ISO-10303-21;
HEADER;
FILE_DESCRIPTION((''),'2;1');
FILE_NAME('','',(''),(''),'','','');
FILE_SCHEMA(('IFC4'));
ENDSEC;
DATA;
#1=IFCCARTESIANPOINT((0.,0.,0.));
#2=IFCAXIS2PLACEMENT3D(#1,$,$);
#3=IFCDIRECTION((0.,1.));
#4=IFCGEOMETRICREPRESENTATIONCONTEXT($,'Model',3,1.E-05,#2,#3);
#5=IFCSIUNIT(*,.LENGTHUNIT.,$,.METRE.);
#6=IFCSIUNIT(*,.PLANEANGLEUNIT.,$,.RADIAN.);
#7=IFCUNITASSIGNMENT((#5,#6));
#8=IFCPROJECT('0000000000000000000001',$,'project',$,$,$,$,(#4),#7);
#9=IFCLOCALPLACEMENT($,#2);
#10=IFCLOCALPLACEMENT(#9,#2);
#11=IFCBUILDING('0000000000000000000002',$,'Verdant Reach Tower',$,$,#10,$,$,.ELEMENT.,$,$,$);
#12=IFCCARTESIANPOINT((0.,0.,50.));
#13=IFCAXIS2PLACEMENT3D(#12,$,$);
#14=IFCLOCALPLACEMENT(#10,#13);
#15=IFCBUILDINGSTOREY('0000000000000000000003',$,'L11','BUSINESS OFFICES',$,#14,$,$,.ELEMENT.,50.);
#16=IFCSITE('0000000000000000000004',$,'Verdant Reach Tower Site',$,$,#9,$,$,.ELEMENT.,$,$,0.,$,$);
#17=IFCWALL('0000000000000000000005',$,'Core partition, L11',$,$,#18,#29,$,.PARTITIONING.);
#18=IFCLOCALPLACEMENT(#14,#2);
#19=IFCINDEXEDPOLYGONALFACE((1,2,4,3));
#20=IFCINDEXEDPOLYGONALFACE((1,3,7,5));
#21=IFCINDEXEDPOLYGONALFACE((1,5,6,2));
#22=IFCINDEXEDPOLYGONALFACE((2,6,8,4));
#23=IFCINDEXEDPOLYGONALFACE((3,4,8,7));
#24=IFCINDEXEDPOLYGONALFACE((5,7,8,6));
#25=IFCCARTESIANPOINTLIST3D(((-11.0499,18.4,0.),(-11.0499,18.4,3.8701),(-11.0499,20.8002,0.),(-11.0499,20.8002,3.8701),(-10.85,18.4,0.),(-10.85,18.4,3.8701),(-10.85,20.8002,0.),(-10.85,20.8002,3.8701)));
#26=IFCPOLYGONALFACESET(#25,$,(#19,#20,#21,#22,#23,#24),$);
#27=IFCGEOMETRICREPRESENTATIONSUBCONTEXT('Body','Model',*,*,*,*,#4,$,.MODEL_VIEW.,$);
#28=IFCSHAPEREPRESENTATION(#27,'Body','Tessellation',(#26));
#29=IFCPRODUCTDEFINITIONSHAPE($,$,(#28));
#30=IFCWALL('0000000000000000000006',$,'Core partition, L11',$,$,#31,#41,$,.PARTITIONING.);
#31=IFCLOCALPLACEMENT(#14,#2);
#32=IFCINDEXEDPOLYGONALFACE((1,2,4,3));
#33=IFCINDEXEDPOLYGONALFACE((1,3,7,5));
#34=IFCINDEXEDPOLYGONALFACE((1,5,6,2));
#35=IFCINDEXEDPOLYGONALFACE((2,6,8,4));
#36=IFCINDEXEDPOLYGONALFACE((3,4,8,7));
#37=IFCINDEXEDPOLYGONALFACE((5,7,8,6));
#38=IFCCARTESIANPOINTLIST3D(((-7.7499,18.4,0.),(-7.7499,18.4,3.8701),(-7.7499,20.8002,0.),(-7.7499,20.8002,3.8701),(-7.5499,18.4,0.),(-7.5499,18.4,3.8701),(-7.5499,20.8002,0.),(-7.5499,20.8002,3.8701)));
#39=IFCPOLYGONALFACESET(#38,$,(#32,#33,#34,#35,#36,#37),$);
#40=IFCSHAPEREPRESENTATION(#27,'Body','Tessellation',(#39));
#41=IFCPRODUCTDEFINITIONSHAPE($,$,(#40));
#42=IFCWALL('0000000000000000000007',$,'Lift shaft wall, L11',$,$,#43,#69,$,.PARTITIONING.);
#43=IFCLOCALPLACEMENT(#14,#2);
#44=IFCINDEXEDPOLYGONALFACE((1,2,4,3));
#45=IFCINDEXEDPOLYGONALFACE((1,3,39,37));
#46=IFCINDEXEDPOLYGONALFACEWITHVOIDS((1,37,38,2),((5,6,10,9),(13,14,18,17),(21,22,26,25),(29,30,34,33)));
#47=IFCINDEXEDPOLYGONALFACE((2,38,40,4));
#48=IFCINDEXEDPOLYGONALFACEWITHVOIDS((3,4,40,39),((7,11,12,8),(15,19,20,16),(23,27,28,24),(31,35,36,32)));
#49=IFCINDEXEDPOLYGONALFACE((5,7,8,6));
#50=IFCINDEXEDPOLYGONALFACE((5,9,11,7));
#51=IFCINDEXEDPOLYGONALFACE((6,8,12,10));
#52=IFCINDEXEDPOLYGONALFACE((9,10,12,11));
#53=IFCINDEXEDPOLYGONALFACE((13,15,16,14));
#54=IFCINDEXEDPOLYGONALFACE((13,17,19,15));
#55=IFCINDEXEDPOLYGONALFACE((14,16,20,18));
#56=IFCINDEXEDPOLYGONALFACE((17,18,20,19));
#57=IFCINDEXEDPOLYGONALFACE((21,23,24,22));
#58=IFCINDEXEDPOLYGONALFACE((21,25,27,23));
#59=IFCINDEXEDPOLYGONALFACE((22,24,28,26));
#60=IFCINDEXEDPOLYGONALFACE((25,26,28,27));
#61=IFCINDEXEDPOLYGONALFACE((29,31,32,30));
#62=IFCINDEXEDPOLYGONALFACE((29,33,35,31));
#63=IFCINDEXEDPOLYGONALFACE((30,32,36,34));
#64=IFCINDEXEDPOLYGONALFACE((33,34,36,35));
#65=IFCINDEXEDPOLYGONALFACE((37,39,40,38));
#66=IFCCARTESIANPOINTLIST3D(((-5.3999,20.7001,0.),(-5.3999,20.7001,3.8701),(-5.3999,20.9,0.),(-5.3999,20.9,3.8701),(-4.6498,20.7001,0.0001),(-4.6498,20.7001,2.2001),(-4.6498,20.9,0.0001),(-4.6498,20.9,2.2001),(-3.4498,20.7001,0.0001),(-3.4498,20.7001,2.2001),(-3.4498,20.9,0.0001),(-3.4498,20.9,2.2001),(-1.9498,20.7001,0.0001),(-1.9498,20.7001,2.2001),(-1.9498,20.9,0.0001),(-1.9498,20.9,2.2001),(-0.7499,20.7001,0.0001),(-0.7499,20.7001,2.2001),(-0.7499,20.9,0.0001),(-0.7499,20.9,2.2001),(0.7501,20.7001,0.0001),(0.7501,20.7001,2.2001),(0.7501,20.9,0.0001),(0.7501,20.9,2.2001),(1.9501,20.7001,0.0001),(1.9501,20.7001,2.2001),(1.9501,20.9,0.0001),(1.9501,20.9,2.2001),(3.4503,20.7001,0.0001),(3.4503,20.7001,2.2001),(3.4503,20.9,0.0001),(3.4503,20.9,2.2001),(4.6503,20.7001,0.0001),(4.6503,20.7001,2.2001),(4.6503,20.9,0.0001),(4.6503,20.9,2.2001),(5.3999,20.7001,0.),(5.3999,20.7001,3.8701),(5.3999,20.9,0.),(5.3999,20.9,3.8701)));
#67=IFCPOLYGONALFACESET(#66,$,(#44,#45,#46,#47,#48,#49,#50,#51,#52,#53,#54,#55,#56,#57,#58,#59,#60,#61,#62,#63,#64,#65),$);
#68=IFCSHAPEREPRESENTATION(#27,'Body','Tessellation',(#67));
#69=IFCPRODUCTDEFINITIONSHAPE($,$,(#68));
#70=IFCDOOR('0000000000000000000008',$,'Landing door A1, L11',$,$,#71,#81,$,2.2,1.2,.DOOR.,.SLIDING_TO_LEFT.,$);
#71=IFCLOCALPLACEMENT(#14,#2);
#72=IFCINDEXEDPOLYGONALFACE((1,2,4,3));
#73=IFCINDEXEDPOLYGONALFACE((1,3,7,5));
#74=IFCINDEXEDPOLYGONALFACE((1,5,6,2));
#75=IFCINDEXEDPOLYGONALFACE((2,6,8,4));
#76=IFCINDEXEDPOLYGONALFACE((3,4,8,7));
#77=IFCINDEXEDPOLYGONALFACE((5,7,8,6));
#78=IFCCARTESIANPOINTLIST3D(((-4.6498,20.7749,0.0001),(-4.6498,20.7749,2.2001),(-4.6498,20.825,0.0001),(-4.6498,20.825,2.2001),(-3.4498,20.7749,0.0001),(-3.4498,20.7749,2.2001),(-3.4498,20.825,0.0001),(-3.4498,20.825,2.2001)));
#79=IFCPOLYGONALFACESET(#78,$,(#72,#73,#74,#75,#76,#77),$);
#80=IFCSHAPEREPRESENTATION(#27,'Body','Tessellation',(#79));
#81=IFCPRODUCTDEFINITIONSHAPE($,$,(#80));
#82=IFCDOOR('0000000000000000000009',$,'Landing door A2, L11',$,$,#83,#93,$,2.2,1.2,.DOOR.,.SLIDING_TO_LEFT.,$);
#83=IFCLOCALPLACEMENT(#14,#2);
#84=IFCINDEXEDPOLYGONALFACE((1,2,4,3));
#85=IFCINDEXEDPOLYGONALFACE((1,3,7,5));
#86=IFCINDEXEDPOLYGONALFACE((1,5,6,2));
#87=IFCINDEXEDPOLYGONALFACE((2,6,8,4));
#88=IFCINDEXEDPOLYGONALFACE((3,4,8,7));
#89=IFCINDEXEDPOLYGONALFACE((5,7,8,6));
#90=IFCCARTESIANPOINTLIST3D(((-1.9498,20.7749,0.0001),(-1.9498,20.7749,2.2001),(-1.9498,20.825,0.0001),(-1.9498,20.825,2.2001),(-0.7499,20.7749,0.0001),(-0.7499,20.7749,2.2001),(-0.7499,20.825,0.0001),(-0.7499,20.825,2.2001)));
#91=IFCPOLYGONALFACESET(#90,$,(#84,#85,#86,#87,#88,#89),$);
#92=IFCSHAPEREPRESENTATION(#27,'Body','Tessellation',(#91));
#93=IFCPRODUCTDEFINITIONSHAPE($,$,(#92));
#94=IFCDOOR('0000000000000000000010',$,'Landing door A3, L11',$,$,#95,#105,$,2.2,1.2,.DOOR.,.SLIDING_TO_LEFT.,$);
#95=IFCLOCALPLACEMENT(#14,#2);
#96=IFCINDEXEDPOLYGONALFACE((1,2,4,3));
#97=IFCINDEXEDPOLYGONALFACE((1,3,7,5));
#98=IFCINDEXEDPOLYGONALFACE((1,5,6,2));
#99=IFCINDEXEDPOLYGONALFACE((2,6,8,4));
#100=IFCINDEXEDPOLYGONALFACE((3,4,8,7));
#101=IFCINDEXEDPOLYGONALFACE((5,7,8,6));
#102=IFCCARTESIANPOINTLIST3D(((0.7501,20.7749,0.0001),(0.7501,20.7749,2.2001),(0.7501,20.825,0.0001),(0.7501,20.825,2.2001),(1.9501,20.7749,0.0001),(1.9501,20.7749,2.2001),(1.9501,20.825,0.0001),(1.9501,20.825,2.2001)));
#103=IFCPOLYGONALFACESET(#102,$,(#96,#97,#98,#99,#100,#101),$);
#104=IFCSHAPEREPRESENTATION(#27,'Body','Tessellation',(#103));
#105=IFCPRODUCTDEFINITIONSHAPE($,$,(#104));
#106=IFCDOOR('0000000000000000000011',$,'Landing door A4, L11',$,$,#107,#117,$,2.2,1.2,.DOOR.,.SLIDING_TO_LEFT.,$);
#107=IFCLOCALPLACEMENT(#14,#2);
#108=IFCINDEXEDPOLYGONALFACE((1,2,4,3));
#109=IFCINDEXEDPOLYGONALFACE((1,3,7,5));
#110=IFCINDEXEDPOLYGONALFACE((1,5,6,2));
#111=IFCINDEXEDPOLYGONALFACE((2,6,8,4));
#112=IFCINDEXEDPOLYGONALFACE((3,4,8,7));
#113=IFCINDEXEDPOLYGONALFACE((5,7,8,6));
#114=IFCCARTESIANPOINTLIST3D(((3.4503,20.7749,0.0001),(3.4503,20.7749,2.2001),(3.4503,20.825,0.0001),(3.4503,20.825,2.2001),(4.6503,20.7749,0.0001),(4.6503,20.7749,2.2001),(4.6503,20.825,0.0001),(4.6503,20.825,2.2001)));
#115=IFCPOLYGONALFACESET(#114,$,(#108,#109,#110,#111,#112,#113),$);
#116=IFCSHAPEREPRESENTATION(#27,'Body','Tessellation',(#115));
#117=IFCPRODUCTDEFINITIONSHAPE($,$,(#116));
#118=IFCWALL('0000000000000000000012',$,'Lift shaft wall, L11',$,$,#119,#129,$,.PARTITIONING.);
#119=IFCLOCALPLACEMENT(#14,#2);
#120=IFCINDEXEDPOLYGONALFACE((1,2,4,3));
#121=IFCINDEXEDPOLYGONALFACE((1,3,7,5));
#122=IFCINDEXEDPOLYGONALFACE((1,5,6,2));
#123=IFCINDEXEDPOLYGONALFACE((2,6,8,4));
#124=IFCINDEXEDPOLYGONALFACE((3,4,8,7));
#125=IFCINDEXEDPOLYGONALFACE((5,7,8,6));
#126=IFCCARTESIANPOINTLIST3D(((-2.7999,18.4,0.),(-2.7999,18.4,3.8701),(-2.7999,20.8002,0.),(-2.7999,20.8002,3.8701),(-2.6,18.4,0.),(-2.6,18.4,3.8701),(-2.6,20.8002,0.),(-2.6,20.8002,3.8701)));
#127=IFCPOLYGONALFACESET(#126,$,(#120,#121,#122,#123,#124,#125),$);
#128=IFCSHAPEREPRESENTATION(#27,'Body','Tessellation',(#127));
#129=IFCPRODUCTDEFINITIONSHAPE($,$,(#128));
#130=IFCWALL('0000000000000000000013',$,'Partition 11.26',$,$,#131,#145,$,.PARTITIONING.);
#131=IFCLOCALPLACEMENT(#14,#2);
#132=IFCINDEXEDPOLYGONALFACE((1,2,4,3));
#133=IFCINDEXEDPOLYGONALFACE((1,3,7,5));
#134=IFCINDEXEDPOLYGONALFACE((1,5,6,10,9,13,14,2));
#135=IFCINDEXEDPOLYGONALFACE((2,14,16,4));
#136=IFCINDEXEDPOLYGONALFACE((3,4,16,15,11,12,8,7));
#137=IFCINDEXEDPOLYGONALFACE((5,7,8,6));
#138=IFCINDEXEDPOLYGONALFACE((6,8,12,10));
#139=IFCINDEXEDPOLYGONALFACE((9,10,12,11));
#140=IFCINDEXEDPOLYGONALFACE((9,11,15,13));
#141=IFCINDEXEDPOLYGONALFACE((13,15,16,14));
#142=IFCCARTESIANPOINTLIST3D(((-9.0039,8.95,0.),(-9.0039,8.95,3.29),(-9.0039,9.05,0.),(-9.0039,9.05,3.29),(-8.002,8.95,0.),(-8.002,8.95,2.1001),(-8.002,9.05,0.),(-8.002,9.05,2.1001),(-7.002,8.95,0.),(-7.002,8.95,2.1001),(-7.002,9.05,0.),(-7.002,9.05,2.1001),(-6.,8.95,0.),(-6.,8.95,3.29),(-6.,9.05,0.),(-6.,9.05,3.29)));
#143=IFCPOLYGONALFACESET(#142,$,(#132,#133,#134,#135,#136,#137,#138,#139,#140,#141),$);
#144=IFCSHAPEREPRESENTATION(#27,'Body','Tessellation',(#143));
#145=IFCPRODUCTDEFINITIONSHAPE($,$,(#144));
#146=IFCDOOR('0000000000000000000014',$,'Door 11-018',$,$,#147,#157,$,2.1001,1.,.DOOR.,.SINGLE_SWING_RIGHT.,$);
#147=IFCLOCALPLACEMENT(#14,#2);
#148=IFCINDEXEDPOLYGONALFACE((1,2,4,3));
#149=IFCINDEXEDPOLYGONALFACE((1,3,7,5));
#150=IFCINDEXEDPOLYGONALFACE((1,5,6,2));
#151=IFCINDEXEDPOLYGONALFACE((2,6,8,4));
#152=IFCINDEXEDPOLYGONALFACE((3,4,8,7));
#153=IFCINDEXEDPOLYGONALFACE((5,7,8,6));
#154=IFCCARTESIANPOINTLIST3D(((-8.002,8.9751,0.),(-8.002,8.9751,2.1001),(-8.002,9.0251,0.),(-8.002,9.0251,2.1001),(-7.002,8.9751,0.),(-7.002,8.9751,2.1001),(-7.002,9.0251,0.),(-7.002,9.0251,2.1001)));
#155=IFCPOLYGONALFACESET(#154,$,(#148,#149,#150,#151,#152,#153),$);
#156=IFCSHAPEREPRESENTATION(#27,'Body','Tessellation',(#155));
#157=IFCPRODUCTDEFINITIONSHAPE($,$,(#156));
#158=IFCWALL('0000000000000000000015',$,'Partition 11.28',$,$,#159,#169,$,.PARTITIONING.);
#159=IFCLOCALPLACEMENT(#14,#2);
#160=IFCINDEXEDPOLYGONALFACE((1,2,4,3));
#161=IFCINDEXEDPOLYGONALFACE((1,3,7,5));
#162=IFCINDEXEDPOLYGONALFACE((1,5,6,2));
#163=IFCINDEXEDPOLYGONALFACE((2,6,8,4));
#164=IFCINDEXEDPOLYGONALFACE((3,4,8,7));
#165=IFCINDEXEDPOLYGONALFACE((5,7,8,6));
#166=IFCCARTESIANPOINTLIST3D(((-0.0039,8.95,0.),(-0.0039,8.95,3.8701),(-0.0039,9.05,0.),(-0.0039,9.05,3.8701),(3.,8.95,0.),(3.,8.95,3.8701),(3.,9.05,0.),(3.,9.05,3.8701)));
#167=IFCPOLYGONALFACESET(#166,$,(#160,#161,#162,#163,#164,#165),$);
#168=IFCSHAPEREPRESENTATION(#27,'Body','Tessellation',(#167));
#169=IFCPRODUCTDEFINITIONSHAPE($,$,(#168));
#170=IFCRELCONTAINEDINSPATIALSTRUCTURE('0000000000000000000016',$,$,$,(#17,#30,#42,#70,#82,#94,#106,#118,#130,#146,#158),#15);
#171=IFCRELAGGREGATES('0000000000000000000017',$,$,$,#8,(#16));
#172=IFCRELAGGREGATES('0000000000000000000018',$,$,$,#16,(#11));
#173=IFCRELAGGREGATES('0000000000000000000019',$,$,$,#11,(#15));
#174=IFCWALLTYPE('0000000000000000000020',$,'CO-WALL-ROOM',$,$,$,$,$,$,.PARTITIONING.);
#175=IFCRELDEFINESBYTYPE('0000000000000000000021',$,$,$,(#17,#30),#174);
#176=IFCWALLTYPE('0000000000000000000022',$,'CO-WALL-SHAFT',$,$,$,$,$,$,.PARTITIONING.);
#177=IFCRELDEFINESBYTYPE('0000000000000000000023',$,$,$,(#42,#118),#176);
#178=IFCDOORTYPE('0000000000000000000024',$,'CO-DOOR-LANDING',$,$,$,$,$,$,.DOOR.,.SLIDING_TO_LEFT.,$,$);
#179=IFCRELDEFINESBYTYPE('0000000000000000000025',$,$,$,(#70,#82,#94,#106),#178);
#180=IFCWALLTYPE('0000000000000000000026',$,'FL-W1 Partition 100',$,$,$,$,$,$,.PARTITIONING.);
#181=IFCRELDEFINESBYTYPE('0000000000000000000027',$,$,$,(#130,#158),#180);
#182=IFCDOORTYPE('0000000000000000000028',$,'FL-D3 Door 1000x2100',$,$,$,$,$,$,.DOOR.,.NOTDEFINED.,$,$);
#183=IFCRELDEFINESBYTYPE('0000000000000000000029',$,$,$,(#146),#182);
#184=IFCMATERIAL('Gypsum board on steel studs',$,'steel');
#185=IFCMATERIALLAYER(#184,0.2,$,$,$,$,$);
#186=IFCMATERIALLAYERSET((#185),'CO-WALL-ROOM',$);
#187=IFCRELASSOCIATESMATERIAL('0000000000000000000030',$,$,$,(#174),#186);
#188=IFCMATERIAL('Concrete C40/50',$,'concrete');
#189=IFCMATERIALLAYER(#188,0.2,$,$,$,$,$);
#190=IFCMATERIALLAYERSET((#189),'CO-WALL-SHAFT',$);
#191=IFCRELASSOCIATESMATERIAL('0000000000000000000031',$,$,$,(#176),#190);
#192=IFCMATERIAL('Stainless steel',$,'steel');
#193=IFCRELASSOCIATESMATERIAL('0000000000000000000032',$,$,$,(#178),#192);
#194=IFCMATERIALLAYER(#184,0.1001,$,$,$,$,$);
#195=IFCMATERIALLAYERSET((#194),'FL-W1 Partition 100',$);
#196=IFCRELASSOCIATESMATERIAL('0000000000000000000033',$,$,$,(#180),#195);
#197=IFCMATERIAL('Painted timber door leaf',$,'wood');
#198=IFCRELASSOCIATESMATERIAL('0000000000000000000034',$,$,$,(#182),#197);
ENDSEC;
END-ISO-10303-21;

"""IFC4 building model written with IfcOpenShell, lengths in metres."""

from ifc_helpers import new_model, si_unit, direction, frame, frame_2d, origin, place, context, subcontext, project, spatial, rectangle, extrude, material, layer, layer_set, type_object, element, fill, save


model = new_model("IFC4")

# Units and contexts
model_context = context("Model", 3, precision=1e-05, world=origin(), true_north=direction((0.0, 1.0)))
body_context = subcontext(model_context, "Body", "Model", "MODEL_VIEW")
ifc_project = project(units=[si_unit("LENGTHUNIT", "METRE"), si_unit("PLANEANGLEUNIT", "RADIAN")], contexts=[model_context])

# Site, building, storey
site_placement = place(None, origin())
site = spatial("IfcSite", under=ifc_project, at=site_placement, Name="Verdant Reach Tower Site", CompositionType="ELEMENT", RefElevation=0.0)
building_placement = place(site_placement, origin())
building = spatial("IfcBuilding", under=site, at=building_placement, Name="Verdant Reach Tower", CompositionType="ELEMENT")
storey_placement = place(building_placement, frame((0.0, 0.0, 50.0)))
storey = spatial("IfcBuildingStorey", under=building, at=storey_placement, Name="L11", Description="BUSINESS OFFICES", CompositionType="ELEMENT", Elevation=50.0)

# Walls
ifc_material_1 = material(Name="Gypsum board on steel studs", Category="steel")
ifc_layer_1 = layer(ifc_material_1, 0.2)
ifc_layer_set_1 = layer_set([ifc_layer_1], Name="CO-WALL-ROOM")
wall_type_1 = type_object("IfcWallType", Name="CO-WALL-ROOM", PredefinedType="PARTITIONING", material=ifc_layer_set_1)
for number, where, z_axis, x_axis, name in (
    (1, (-10.95, 18.3999, 0.0), (0.0, 0.0, 1.0), (0.0, 1.0, 0.0), "Core partition, L11"),
    (2, (-7.6499, 18.3999, 0.0), (0.0, 0.0, 1.0), (0.0, 1.0, 0.0), "Core partition, L11"),
):
    element("IfcWall", number, at=place(storey_placement, frame(where, z_axis=z_axis, x_axis=x_axis)), inside=storey, type_object=wall_type_1, Name=name, PredefinedType="PARTITIONING", context=body_context, shape_type="SweptSolid", body=[
        extrude(rectangle(XDim=2.4001, YDim=0.2, at=frame_2d((1.2002, 0.0))), origin(), (0.0, 0.0, 1.0), 3.8701),
    ])

# Wall, openings, doors
ifc_material_2 = material(Name="Concrete C40/50", Category="concrete")
ifc_layer_2 = layer(ifc_material_2, 0.2)
ifc_layer_set_2 = layer_set([ifc_layer_2], Name="CO-WALL-SHAFT")
wall_type_2 = type_object("IfcWallType", Name="CO-WALL-SHAFT", PredefinedType="PARTITIONING", material=ifc_layer_set_2)
wall_1_placement = place(storey_placement, frame((-5.3999, 20.8, 0.0), z_axis=(0.0, 0.0, 1.0), x_axis=(1.0, 0.0, 0.0)))
wall_1 = element("IfcWall", 3, at=wall_1_placement, inside=storey, type_object=wall_type_2, Name="Lift shaft wall, L11", PredefinedType="PARTITIONING", context=body_context, shape_type="SweptSolid", body=[
    extrude(rectangle(XDim=10.7998, YDim=0.2, at=frame_2d((5.3999, 0.0))), origin(), (0.0, 0.0, 1.0), 3.8701),
])
opening_1_placement = place(wall_1_placement, frame((0.75, 0.0, 0.0)))
opening_1 = element("IfcOpeningElement", 4, at=opening_1_placement, cuts=wall_1, PredefinedType="OPENING", context=body_context, shape_type="SweptSolid", body=[
    extrude(rectangle(XDim=1.2, YDim=2.2, at=frame_2d((0.6001, 1.1001))), frame((0.0, 0.1099, 0.0), z_axis=(0.0, -1.0, 0.0), x_axis=(1.0, 0.0, 0.0)), (0.0, 0.0, 1.0), 0.22),
])
opening_2_placement = place(wall_1_placement, frame((3.45, 0.0, 0.0)))
opening_2 = element("IfcOpeningElement", 5, at=opening_2_placement, cuts=wall_1, PredefinedType="OPENING", context=body_context, shape_type="SweptSolid", body=[
    extrude(rectangle(XDim=1.2, YDim=2.2, at=frame_2d((0.6001, 1.1001))), frame((0.0, 0.1099, 0.0), z_axis=(0.0, -1.0, 0.0), x_axis=(1.0, 0.0, 0.0)), (0.0, 0.0, 1.0), 0.22),
])
opening_3_placement = place(wall_1_placement, frame((6.1499, 0.0, 0.0)))
opening_3 = element("IfcOpeningElement", 6, at=opening_3_placement, cuts=wall_1, PredefinedType="OPENING", context=body_context, shape_type="SweptSolid", body=[
    extrude(rectangle(XDim=1.2, YDim=2.2, at=frame_2d((0.6001, 1.1001))), frame((0.0, 0.1099, 0.0), z_axis=(0.0, -1.0, 0.0), x_axis=(1.0, 0.0, 0.0)), (0.0, 0.0, 1.0), 0.22),
])
opening_4_placement = place(wall_1_placement, frame((8.8501, 0.0, 0.0)))
opening_4 = element("IfcOpeningElement", 7, at=opening_4_placement, cuts=wall_1, PredefinedType="OPENING", context=body_context, shape_type="SweptSolid", body=[
    extrude(rectangle(XDim=1.2, YDim=2.2, at=frame_2d((0.6001, 1.1001))), frame((0.0, 0.1099, 0.0), z_axis=(0.0, -1.0, 0.0), x_axis=(1.0, 0.0, 0.0)), (0.0, 0.0, 1.0), 0.22),
])
ifc_material_3 = material(Name="Stainless steel", Category="steel")
door_type_1 = type_object("IfcDoorType", Name="CO-DOOR-LANDING", OperationType="SLIDING_TO_LEFT", PredefinedType="DOOR", material=ifc_material_3)
door_1_placement = place(opening_1_placement, origin())
door_1 = element("IfcDoor", 8, at=door_1_placement, inside=storey, type_object=door_type_1, Name="Landing door A1, L11", OperationType="SLIDING_TO_LEFT", OverallHeight=2.2, OverallWidth=1.2, PredefinedType="DOOR", context=body_context, shape_type="SweptSolid", body=[
    extrude(rectangle(XDim=1.2, YDim=2.2, at=frame_2d((0.6001, 1.1001))), frame((0.0, 0.0249, 0.0), z_axis=(0.0, -1.0, 0.0), x_axis=(1.0, 0.0, 0.0)), (0.0, 0.0, 1.0), 0.05),
])
fill(opening_1, door_1)
door_2_placement = place(opening_2_placement, origin())
door_2 = element("IfcDoor", 9, at=door_2_placement, inside=storey, type_object=door_type_1, Name="Landing door A2, L11", OperationType="SLIDING_TO_LEFT", OverallHeight=2.2, OverallWidth=1.2, PredefinedType="DOOR", context=body_context, shape_type="SweptSolid", body=[
    extrude(rectangle(XDim=1.2, YDim=2.2, at=frame_2d((0.6001, 1.1001))), frame((0.0, 0.0249, 0.0), z_axis=(0.0, -1.0, 0.0), x_axis=(1.0, 0.0, 0.0)), (0.0, 0.0, 1.0), 0.05),
])
fill(opening_2, door_2)
door_3_placement = place(opening_3_placement, origin())
door_3 = element("IfcDoor", 10, at=door_3_placement, inside=storey, type_object=door_type_1, Name="Landing door A3, L11", OperationType="SLIDING_TO_LEFT", OverallHeight=2.2, OverallWidth=1.2, PredefinedType="DOOR", context=body_context, shape_type="SweptSolid", body=[
    extrude(rectangle(XDim=1.2, YDim=2.2, at=frame_2d((0.6001, 1.1001))), frame((0.0, 0.0249, 0.0), z_axis=(0.0, -1.0, 0.0), x_axis=(1.0, 0.0, 0.0)), (0.0, 0.0, 1.0), 0.05),
])
fill(opening_3, door_3)
door_4_placement = place(opening_4_placement, origin())
door_4 = element("IfcDoor", 11, at=door_4_placement, inside=storey, type_object=door_type_1, Name="Landing door A4, L11", OperationType="SLIDING_TO_LEFT", OverallHeight=2.2, OverallWidth=1.2, PredefinedType="DOOR", context=body_context, shape_type="SweptSolid", body=[
    extrude(rectangle(XDim=1.2, YDim=2.2, at=frame_2d((0.6001, 1.1001))), frame((0.0, 0.0249, 0.0), z_axis=(0.0, -1.0, 0.0), x_axis=(1.0, 0.0, 0.0)), (0.0, 0.0, 1.0), 0.05),
])
fill(opening_4, door_4)

# Wall
wall_2_placement = place(storey_placement, frame((-2.7, 18.3999, 0.0), z_axis=(0.0, 0.0, 1.0), x_axis=(0.0, 1.0, 0.0)))
element("IfcWall", 12, at=wall_2_placement, inside=storey, type_object=wall_type_2, Name="Lift shaft wall, L11", PredefinedType="PARTITIONING", context=body_context, shape_type="SweptSolid", body=[
    extrude(rectangle(XDim=2.4001, YDim=0.2, at=frame_2d((1.2002, 0.0))), origin(), (0.0, 0.0, 1.0), 3.8701),
])

# Wall, opening, door
ifc_layer_3 = layer(ifc_material_1, 0.1001)
ifc_layer_set_3 = layer_set([ifc_layer_3], Name="FL-W1 Partition 100")
wall_type_3 = type_object("IfcWallType", Name="FL-W1 Partition 100", PredefinedType="PARTITIONING", material=ifc_layer_set_3)
wall_3_placement = place(storey_placement, frame((-6.0, 9.0, 0.0), z_axis=(0.0, 0.0, 1.0), x_axis=(-1.0, 0.0, 0.0)))
wall_3 = element("IfcWall", 13, at=wall_3_placement, inside=storey, type_object=wall_type_3, Name="Partition 11.26", PredefinedType="PARTITIONING", context=body_context, shape_type="SweptSolid", body=[
    extrude(rectangle(XDim=3.0039, YDim=0.1001, at=frame_2d((1.502, 0.0))), origin(), (0.0, 0.0, 1.0), 3.29),
])
opening_5_placement = place(wall_3_placement, frame((1.002, 0.0, 0.0)))
opening_5 = element("IfcOpeningElement", 14, at=opening_5_placement, cuts=wall_3, PredefinedType="OPENING", context=body_context, shape_type="SweptSolid", body=[
    extrude(rectangle(XDim=1.0, YDim=2.1001, at=frame_2d((0.5, 1.05))), frame((0.0, 0.0601, 0.0), z_axis=(0.0, -1.0, 0.0), x_axis=(1.0, 0.0, 0.0)), (0.0, 0.0, 1.0), 0.1201),
])
ifc_material_4 = material(Name="Painted timber door leaf", Category="wood")
door_type_2 = type_object("IfcDoorType", Name="FL-D3 Door 1000x2100", OperationType="NOTDEFINED", PredefinedType="DOOR", material=ifc_material_4)
door_5_placement = place(opening_5_placement, origin())
door_5 = element("IfcDoor", 15, at=door_5_placement, inside=storey, type_object=door_type_2, Name="Door 11-018", OperationType="SINGLE_SWING_RIGHT", OverallHeight=2.1001, OverallWidth=1.0, PredefinedType="DOOR", context=body_context, shape_type="SweptSolid", body=[
    extrude(rectangle(XDim=1.0, YDim=2.1001, at=frame_2d((0.5, 1.05))), frame((0.0, 0.0249, 0.0), z_axis=(0.0, -1.0, 0.0), x_axis=(1.0, 0.0, 0.0)), (0.0, 0.0, 1.0), 0.05),
])
fill(opening_5, door_5)

# Wall
wall_4_placement = place(storey_placement, frame((-0.0039, 9.0, 0.0), z_axis=(0.0, 0.0, 1.0), x_axis=(1.0, 0.0, 0.0)))
element("IfcWall", 16, at=wall_4_placement, inside=storey, type_object=wall_type_3, Name="Partition 11.28", PredefinedType="PARTITIONING", context=body_context, shape_type="SweptSolid", body=[
    extrude(rectangle(XDim=3.0039, YDim=0.1001, at=frame_2d((1.502, 0.0))), origin(), (0.0, 0.0, 1.0), 3.8701),
])

save(model, "model.ifc")
